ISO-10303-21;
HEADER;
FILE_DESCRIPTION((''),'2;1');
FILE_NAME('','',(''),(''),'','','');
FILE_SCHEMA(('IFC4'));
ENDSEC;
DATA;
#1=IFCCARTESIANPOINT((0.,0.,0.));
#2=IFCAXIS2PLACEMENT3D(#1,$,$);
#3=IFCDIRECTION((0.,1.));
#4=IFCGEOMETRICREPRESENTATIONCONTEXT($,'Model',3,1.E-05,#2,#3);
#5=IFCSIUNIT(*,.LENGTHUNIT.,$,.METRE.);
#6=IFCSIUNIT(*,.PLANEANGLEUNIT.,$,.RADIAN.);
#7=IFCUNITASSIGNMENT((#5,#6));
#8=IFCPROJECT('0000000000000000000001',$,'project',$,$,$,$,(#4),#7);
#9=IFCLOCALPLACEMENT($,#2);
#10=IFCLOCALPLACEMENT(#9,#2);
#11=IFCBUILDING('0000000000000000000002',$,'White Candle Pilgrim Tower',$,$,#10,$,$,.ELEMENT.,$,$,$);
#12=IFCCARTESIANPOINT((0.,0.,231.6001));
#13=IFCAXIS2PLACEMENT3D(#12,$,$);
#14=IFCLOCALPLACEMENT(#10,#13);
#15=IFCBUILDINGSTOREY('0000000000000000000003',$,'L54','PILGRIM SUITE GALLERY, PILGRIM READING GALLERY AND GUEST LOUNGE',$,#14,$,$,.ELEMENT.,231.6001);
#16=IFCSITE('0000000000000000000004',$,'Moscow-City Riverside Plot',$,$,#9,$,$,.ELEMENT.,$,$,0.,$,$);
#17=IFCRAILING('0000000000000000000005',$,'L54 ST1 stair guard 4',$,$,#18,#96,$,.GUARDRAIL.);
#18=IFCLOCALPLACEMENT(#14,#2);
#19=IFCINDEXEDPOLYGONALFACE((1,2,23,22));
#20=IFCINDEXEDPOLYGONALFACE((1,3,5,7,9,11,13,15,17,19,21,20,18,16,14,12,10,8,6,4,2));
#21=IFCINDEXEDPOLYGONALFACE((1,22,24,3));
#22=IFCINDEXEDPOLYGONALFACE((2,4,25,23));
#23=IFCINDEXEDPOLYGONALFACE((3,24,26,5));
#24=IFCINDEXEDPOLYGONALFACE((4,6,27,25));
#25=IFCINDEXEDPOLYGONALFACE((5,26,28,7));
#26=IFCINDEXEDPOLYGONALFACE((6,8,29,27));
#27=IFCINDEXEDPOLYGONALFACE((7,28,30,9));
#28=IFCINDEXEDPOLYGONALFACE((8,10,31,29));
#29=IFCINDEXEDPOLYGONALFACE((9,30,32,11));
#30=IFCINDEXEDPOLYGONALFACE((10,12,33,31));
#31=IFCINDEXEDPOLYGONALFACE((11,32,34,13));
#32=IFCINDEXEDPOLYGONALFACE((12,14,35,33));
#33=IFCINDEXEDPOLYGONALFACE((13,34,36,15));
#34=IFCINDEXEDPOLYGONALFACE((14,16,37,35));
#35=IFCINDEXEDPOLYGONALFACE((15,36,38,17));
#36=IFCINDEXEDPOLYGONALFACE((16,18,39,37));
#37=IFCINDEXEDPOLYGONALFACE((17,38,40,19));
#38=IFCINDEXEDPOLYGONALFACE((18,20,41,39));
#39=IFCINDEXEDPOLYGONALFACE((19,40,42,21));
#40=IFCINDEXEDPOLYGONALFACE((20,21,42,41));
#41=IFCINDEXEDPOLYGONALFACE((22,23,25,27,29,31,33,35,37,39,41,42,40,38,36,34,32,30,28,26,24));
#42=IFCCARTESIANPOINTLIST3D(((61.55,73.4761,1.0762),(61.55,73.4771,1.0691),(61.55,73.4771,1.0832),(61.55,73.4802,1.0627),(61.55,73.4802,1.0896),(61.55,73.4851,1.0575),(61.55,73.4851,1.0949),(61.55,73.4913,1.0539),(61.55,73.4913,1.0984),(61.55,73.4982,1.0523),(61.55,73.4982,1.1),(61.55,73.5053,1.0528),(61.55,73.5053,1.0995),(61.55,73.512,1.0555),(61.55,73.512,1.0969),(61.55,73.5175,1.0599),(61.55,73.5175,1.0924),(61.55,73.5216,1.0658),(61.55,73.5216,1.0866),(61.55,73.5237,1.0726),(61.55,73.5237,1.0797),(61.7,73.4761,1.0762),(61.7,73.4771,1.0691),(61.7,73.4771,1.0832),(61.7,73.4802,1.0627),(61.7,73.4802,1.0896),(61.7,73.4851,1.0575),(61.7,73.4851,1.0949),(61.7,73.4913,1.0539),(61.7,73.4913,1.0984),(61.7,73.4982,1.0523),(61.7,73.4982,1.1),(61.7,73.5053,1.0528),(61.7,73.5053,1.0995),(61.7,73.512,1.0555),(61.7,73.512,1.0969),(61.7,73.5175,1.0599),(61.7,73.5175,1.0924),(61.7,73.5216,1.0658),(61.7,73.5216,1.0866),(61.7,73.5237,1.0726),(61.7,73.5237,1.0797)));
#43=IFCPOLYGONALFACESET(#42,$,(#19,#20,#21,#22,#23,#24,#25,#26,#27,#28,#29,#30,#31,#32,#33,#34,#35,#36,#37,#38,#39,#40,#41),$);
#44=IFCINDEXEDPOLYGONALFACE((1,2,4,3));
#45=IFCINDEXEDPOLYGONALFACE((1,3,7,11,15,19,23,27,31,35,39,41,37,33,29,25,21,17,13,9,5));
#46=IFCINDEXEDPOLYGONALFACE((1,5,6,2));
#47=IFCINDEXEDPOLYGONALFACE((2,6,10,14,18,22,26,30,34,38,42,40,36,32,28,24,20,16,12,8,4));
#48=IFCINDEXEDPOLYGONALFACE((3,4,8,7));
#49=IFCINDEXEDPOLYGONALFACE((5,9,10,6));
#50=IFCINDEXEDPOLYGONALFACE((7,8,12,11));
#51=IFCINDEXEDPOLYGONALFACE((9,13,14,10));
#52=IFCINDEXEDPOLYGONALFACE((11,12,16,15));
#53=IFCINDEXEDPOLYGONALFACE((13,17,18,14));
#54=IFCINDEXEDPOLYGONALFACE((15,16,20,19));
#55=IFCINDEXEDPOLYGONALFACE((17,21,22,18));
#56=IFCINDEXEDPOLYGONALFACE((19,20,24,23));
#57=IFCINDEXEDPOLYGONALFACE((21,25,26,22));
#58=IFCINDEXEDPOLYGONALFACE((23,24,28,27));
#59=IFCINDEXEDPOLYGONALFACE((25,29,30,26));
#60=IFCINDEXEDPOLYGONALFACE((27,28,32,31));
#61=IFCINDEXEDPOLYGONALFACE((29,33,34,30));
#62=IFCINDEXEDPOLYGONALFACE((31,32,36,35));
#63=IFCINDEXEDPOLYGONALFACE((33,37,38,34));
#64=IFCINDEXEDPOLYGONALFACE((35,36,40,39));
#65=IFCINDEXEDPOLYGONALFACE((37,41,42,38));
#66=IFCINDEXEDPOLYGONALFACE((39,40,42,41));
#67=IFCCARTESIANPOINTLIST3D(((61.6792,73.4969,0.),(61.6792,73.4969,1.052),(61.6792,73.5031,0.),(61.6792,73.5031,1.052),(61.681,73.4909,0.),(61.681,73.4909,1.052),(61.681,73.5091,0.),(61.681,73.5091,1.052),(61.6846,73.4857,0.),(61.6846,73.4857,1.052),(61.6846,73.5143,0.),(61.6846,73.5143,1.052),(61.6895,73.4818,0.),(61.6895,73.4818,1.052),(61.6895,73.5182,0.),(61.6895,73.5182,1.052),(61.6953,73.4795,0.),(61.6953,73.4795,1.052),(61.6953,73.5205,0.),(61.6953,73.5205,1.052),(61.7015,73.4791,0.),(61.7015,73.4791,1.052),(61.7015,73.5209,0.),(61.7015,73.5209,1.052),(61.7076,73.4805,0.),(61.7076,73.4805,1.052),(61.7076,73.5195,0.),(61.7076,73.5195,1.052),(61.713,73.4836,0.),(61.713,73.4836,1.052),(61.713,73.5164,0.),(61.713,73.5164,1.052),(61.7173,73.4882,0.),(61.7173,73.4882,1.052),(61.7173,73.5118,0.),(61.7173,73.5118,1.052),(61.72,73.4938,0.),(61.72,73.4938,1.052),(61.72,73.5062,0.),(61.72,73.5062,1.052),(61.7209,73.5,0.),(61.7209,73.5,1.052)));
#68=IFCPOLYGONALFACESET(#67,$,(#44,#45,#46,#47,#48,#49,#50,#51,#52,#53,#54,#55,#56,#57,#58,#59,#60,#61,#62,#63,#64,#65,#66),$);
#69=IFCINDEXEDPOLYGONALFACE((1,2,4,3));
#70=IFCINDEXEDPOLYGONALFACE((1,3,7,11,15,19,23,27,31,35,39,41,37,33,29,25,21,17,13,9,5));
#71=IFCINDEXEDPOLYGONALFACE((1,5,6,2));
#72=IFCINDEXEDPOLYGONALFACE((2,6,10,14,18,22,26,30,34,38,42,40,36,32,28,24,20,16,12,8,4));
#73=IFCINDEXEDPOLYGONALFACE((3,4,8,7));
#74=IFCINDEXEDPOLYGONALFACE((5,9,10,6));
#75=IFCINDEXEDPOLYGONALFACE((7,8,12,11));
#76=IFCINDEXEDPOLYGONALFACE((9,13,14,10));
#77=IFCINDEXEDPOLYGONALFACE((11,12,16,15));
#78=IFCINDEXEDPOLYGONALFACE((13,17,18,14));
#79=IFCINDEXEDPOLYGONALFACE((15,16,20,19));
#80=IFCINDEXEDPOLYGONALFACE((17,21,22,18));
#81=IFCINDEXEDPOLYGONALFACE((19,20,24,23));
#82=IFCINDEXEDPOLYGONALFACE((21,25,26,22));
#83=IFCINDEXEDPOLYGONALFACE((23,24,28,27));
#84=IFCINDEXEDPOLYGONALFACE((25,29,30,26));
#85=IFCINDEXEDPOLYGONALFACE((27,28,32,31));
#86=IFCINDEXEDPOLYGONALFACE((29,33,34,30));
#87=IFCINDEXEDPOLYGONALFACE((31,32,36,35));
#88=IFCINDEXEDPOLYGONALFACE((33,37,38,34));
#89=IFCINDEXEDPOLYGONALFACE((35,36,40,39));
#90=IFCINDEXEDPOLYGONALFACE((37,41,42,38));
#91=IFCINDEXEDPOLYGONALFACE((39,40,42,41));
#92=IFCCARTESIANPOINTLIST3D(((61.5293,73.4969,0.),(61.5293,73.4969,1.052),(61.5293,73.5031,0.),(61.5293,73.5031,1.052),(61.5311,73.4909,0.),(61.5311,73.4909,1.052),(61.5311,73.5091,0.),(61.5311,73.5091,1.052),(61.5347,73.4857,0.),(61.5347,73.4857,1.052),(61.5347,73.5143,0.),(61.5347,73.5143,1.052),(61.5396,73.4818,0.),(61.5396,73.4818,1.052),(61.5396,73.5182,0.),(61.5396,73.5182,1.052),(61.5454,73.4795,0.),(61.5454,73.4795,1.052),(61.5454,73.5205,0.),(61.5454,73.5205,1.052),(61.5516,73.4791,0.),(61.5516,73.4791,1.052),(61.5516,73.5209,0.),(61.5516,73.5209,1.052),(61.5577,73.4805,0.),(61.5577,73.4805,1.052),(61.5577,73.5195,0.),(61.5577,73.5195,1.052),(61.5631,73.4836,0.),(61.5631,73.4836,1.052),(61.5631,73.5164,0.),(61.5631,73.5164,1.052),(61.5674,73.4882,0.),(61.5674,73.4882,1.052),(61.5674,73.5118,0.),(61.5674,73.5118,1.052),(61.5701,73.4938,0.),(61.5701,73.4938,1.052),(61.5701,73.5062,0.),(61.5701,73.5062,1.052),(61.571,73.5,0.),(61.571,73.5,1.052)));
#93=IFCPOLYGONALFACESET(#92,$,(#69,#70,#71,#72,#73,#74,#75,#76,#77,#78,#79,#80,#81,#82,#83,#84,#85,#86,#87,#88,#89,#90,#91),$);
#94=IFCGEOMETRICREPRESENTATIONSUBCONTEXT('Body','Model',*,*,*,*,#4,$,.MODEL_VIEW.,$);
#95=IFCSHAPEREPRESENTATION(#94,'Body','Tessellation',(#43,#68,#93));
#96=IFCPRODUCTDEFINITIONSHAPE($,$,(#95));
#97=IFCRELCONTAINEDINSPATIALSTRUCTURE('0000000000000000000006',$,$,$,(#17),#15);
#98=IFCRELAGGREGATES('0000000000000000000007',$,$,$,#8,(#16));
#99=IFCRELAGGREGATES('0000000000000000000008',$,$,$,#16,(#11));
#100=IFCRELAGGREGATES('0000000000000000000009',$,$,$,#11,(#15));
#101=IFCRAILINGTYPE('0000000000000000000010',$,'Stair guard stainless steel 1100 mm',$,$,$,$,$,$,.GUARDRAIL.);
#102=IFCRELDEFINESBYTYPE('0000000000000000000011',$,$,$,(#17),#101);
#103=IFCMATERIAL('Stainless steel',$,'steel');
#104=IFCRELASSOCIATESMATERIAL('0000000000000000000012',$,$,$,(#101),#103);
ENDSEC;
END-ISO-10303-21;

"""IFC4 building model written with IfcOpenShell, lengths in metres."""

from ifc_helpers import new_model, si_unit, direction, frame, origin, origin_2d, place, context, subcontext, project, spatial, circle, extrude, material, type_object, element, save


model = new_model("IFC4")

# Units and contexts
model_context = context("Model", 3, precision=1e-05, world=origin(), true_north=direction((0.0, 1.0)))
body_context = subcontext(model_context, "Body", "Model", "MODEL_VIEW")
ifc_project = project(units=[si_unit("LENGTHUNIT", "METRE"), si_unit("PLANEANGLEUNIT", "RADIAN")], contexts=[model_context])

# Site, building, storey
site_placement = place(None, origin())
site = spatial("IfcSite", under=ifc_project, at=site_placement, Name="Moscow-City Riverside Plot", CompositionType="ELEMENT", RefElevation=0.0)
building_placement = place(site_placement, origin())
building = spatial("IfcBuilding", under=site, at=building_placement, Name="White Candle Pilgrim Tower", CompositionType="ELEMENT")
storey_placement = place(building_placement, frame((0.0, 0.0, 231.6001)))
storey = spatial("IfcBuildingStorey", under=building, at=storey_placement, Name="L54", Description="PILGRIM SUITE GALLERY, PILGRIM READING GALLERY AND GUEST LOUNGE", CompositionType="ELEMENT", Elevation=231.6001)

# Railing
ifc_material_1 = material(Name="Stainless steel", Category="steel")
railing_type_1 = type_object("IfcRailingType", Name="Stair guard stainless steel 1100 mm", PredefinedType="GUARDRAIL", material=ifc_material_1)
railing_1_placement = place(storey_placement, frame((61.7, 73.5, 0.0)))
element("IfcRailing", 1, at=railing_1_placement, inside=storey, type_object=railing_type_1, Name="L54 ST1 stair guard 4", PredefinedType="GUARDRAIL", context=body_context, shape_type="SweptSolid", body=[
    extrude(circle(Radius=0.0239, at=origin_2d()), frame((0.0, 0.0, 1.0762), z_axis=(-1.0, 0.0, 0.0), x_axis=(0.0, -1.0, 0.0)), (0.0, 0.0, 1.0), 0.1499),
    extrude(circle(Radius=0.021, at=origin_2d()), origin(), (0.0, 0.0, 1.0), 1.052),
    extrude(circle(Radius=0.021, at=origin_2d()), frame((-0.1499, 0.0, 0.0)), (0.0, 0.0, 1.0), 1.052),
])

save(model, "model.ifc")
